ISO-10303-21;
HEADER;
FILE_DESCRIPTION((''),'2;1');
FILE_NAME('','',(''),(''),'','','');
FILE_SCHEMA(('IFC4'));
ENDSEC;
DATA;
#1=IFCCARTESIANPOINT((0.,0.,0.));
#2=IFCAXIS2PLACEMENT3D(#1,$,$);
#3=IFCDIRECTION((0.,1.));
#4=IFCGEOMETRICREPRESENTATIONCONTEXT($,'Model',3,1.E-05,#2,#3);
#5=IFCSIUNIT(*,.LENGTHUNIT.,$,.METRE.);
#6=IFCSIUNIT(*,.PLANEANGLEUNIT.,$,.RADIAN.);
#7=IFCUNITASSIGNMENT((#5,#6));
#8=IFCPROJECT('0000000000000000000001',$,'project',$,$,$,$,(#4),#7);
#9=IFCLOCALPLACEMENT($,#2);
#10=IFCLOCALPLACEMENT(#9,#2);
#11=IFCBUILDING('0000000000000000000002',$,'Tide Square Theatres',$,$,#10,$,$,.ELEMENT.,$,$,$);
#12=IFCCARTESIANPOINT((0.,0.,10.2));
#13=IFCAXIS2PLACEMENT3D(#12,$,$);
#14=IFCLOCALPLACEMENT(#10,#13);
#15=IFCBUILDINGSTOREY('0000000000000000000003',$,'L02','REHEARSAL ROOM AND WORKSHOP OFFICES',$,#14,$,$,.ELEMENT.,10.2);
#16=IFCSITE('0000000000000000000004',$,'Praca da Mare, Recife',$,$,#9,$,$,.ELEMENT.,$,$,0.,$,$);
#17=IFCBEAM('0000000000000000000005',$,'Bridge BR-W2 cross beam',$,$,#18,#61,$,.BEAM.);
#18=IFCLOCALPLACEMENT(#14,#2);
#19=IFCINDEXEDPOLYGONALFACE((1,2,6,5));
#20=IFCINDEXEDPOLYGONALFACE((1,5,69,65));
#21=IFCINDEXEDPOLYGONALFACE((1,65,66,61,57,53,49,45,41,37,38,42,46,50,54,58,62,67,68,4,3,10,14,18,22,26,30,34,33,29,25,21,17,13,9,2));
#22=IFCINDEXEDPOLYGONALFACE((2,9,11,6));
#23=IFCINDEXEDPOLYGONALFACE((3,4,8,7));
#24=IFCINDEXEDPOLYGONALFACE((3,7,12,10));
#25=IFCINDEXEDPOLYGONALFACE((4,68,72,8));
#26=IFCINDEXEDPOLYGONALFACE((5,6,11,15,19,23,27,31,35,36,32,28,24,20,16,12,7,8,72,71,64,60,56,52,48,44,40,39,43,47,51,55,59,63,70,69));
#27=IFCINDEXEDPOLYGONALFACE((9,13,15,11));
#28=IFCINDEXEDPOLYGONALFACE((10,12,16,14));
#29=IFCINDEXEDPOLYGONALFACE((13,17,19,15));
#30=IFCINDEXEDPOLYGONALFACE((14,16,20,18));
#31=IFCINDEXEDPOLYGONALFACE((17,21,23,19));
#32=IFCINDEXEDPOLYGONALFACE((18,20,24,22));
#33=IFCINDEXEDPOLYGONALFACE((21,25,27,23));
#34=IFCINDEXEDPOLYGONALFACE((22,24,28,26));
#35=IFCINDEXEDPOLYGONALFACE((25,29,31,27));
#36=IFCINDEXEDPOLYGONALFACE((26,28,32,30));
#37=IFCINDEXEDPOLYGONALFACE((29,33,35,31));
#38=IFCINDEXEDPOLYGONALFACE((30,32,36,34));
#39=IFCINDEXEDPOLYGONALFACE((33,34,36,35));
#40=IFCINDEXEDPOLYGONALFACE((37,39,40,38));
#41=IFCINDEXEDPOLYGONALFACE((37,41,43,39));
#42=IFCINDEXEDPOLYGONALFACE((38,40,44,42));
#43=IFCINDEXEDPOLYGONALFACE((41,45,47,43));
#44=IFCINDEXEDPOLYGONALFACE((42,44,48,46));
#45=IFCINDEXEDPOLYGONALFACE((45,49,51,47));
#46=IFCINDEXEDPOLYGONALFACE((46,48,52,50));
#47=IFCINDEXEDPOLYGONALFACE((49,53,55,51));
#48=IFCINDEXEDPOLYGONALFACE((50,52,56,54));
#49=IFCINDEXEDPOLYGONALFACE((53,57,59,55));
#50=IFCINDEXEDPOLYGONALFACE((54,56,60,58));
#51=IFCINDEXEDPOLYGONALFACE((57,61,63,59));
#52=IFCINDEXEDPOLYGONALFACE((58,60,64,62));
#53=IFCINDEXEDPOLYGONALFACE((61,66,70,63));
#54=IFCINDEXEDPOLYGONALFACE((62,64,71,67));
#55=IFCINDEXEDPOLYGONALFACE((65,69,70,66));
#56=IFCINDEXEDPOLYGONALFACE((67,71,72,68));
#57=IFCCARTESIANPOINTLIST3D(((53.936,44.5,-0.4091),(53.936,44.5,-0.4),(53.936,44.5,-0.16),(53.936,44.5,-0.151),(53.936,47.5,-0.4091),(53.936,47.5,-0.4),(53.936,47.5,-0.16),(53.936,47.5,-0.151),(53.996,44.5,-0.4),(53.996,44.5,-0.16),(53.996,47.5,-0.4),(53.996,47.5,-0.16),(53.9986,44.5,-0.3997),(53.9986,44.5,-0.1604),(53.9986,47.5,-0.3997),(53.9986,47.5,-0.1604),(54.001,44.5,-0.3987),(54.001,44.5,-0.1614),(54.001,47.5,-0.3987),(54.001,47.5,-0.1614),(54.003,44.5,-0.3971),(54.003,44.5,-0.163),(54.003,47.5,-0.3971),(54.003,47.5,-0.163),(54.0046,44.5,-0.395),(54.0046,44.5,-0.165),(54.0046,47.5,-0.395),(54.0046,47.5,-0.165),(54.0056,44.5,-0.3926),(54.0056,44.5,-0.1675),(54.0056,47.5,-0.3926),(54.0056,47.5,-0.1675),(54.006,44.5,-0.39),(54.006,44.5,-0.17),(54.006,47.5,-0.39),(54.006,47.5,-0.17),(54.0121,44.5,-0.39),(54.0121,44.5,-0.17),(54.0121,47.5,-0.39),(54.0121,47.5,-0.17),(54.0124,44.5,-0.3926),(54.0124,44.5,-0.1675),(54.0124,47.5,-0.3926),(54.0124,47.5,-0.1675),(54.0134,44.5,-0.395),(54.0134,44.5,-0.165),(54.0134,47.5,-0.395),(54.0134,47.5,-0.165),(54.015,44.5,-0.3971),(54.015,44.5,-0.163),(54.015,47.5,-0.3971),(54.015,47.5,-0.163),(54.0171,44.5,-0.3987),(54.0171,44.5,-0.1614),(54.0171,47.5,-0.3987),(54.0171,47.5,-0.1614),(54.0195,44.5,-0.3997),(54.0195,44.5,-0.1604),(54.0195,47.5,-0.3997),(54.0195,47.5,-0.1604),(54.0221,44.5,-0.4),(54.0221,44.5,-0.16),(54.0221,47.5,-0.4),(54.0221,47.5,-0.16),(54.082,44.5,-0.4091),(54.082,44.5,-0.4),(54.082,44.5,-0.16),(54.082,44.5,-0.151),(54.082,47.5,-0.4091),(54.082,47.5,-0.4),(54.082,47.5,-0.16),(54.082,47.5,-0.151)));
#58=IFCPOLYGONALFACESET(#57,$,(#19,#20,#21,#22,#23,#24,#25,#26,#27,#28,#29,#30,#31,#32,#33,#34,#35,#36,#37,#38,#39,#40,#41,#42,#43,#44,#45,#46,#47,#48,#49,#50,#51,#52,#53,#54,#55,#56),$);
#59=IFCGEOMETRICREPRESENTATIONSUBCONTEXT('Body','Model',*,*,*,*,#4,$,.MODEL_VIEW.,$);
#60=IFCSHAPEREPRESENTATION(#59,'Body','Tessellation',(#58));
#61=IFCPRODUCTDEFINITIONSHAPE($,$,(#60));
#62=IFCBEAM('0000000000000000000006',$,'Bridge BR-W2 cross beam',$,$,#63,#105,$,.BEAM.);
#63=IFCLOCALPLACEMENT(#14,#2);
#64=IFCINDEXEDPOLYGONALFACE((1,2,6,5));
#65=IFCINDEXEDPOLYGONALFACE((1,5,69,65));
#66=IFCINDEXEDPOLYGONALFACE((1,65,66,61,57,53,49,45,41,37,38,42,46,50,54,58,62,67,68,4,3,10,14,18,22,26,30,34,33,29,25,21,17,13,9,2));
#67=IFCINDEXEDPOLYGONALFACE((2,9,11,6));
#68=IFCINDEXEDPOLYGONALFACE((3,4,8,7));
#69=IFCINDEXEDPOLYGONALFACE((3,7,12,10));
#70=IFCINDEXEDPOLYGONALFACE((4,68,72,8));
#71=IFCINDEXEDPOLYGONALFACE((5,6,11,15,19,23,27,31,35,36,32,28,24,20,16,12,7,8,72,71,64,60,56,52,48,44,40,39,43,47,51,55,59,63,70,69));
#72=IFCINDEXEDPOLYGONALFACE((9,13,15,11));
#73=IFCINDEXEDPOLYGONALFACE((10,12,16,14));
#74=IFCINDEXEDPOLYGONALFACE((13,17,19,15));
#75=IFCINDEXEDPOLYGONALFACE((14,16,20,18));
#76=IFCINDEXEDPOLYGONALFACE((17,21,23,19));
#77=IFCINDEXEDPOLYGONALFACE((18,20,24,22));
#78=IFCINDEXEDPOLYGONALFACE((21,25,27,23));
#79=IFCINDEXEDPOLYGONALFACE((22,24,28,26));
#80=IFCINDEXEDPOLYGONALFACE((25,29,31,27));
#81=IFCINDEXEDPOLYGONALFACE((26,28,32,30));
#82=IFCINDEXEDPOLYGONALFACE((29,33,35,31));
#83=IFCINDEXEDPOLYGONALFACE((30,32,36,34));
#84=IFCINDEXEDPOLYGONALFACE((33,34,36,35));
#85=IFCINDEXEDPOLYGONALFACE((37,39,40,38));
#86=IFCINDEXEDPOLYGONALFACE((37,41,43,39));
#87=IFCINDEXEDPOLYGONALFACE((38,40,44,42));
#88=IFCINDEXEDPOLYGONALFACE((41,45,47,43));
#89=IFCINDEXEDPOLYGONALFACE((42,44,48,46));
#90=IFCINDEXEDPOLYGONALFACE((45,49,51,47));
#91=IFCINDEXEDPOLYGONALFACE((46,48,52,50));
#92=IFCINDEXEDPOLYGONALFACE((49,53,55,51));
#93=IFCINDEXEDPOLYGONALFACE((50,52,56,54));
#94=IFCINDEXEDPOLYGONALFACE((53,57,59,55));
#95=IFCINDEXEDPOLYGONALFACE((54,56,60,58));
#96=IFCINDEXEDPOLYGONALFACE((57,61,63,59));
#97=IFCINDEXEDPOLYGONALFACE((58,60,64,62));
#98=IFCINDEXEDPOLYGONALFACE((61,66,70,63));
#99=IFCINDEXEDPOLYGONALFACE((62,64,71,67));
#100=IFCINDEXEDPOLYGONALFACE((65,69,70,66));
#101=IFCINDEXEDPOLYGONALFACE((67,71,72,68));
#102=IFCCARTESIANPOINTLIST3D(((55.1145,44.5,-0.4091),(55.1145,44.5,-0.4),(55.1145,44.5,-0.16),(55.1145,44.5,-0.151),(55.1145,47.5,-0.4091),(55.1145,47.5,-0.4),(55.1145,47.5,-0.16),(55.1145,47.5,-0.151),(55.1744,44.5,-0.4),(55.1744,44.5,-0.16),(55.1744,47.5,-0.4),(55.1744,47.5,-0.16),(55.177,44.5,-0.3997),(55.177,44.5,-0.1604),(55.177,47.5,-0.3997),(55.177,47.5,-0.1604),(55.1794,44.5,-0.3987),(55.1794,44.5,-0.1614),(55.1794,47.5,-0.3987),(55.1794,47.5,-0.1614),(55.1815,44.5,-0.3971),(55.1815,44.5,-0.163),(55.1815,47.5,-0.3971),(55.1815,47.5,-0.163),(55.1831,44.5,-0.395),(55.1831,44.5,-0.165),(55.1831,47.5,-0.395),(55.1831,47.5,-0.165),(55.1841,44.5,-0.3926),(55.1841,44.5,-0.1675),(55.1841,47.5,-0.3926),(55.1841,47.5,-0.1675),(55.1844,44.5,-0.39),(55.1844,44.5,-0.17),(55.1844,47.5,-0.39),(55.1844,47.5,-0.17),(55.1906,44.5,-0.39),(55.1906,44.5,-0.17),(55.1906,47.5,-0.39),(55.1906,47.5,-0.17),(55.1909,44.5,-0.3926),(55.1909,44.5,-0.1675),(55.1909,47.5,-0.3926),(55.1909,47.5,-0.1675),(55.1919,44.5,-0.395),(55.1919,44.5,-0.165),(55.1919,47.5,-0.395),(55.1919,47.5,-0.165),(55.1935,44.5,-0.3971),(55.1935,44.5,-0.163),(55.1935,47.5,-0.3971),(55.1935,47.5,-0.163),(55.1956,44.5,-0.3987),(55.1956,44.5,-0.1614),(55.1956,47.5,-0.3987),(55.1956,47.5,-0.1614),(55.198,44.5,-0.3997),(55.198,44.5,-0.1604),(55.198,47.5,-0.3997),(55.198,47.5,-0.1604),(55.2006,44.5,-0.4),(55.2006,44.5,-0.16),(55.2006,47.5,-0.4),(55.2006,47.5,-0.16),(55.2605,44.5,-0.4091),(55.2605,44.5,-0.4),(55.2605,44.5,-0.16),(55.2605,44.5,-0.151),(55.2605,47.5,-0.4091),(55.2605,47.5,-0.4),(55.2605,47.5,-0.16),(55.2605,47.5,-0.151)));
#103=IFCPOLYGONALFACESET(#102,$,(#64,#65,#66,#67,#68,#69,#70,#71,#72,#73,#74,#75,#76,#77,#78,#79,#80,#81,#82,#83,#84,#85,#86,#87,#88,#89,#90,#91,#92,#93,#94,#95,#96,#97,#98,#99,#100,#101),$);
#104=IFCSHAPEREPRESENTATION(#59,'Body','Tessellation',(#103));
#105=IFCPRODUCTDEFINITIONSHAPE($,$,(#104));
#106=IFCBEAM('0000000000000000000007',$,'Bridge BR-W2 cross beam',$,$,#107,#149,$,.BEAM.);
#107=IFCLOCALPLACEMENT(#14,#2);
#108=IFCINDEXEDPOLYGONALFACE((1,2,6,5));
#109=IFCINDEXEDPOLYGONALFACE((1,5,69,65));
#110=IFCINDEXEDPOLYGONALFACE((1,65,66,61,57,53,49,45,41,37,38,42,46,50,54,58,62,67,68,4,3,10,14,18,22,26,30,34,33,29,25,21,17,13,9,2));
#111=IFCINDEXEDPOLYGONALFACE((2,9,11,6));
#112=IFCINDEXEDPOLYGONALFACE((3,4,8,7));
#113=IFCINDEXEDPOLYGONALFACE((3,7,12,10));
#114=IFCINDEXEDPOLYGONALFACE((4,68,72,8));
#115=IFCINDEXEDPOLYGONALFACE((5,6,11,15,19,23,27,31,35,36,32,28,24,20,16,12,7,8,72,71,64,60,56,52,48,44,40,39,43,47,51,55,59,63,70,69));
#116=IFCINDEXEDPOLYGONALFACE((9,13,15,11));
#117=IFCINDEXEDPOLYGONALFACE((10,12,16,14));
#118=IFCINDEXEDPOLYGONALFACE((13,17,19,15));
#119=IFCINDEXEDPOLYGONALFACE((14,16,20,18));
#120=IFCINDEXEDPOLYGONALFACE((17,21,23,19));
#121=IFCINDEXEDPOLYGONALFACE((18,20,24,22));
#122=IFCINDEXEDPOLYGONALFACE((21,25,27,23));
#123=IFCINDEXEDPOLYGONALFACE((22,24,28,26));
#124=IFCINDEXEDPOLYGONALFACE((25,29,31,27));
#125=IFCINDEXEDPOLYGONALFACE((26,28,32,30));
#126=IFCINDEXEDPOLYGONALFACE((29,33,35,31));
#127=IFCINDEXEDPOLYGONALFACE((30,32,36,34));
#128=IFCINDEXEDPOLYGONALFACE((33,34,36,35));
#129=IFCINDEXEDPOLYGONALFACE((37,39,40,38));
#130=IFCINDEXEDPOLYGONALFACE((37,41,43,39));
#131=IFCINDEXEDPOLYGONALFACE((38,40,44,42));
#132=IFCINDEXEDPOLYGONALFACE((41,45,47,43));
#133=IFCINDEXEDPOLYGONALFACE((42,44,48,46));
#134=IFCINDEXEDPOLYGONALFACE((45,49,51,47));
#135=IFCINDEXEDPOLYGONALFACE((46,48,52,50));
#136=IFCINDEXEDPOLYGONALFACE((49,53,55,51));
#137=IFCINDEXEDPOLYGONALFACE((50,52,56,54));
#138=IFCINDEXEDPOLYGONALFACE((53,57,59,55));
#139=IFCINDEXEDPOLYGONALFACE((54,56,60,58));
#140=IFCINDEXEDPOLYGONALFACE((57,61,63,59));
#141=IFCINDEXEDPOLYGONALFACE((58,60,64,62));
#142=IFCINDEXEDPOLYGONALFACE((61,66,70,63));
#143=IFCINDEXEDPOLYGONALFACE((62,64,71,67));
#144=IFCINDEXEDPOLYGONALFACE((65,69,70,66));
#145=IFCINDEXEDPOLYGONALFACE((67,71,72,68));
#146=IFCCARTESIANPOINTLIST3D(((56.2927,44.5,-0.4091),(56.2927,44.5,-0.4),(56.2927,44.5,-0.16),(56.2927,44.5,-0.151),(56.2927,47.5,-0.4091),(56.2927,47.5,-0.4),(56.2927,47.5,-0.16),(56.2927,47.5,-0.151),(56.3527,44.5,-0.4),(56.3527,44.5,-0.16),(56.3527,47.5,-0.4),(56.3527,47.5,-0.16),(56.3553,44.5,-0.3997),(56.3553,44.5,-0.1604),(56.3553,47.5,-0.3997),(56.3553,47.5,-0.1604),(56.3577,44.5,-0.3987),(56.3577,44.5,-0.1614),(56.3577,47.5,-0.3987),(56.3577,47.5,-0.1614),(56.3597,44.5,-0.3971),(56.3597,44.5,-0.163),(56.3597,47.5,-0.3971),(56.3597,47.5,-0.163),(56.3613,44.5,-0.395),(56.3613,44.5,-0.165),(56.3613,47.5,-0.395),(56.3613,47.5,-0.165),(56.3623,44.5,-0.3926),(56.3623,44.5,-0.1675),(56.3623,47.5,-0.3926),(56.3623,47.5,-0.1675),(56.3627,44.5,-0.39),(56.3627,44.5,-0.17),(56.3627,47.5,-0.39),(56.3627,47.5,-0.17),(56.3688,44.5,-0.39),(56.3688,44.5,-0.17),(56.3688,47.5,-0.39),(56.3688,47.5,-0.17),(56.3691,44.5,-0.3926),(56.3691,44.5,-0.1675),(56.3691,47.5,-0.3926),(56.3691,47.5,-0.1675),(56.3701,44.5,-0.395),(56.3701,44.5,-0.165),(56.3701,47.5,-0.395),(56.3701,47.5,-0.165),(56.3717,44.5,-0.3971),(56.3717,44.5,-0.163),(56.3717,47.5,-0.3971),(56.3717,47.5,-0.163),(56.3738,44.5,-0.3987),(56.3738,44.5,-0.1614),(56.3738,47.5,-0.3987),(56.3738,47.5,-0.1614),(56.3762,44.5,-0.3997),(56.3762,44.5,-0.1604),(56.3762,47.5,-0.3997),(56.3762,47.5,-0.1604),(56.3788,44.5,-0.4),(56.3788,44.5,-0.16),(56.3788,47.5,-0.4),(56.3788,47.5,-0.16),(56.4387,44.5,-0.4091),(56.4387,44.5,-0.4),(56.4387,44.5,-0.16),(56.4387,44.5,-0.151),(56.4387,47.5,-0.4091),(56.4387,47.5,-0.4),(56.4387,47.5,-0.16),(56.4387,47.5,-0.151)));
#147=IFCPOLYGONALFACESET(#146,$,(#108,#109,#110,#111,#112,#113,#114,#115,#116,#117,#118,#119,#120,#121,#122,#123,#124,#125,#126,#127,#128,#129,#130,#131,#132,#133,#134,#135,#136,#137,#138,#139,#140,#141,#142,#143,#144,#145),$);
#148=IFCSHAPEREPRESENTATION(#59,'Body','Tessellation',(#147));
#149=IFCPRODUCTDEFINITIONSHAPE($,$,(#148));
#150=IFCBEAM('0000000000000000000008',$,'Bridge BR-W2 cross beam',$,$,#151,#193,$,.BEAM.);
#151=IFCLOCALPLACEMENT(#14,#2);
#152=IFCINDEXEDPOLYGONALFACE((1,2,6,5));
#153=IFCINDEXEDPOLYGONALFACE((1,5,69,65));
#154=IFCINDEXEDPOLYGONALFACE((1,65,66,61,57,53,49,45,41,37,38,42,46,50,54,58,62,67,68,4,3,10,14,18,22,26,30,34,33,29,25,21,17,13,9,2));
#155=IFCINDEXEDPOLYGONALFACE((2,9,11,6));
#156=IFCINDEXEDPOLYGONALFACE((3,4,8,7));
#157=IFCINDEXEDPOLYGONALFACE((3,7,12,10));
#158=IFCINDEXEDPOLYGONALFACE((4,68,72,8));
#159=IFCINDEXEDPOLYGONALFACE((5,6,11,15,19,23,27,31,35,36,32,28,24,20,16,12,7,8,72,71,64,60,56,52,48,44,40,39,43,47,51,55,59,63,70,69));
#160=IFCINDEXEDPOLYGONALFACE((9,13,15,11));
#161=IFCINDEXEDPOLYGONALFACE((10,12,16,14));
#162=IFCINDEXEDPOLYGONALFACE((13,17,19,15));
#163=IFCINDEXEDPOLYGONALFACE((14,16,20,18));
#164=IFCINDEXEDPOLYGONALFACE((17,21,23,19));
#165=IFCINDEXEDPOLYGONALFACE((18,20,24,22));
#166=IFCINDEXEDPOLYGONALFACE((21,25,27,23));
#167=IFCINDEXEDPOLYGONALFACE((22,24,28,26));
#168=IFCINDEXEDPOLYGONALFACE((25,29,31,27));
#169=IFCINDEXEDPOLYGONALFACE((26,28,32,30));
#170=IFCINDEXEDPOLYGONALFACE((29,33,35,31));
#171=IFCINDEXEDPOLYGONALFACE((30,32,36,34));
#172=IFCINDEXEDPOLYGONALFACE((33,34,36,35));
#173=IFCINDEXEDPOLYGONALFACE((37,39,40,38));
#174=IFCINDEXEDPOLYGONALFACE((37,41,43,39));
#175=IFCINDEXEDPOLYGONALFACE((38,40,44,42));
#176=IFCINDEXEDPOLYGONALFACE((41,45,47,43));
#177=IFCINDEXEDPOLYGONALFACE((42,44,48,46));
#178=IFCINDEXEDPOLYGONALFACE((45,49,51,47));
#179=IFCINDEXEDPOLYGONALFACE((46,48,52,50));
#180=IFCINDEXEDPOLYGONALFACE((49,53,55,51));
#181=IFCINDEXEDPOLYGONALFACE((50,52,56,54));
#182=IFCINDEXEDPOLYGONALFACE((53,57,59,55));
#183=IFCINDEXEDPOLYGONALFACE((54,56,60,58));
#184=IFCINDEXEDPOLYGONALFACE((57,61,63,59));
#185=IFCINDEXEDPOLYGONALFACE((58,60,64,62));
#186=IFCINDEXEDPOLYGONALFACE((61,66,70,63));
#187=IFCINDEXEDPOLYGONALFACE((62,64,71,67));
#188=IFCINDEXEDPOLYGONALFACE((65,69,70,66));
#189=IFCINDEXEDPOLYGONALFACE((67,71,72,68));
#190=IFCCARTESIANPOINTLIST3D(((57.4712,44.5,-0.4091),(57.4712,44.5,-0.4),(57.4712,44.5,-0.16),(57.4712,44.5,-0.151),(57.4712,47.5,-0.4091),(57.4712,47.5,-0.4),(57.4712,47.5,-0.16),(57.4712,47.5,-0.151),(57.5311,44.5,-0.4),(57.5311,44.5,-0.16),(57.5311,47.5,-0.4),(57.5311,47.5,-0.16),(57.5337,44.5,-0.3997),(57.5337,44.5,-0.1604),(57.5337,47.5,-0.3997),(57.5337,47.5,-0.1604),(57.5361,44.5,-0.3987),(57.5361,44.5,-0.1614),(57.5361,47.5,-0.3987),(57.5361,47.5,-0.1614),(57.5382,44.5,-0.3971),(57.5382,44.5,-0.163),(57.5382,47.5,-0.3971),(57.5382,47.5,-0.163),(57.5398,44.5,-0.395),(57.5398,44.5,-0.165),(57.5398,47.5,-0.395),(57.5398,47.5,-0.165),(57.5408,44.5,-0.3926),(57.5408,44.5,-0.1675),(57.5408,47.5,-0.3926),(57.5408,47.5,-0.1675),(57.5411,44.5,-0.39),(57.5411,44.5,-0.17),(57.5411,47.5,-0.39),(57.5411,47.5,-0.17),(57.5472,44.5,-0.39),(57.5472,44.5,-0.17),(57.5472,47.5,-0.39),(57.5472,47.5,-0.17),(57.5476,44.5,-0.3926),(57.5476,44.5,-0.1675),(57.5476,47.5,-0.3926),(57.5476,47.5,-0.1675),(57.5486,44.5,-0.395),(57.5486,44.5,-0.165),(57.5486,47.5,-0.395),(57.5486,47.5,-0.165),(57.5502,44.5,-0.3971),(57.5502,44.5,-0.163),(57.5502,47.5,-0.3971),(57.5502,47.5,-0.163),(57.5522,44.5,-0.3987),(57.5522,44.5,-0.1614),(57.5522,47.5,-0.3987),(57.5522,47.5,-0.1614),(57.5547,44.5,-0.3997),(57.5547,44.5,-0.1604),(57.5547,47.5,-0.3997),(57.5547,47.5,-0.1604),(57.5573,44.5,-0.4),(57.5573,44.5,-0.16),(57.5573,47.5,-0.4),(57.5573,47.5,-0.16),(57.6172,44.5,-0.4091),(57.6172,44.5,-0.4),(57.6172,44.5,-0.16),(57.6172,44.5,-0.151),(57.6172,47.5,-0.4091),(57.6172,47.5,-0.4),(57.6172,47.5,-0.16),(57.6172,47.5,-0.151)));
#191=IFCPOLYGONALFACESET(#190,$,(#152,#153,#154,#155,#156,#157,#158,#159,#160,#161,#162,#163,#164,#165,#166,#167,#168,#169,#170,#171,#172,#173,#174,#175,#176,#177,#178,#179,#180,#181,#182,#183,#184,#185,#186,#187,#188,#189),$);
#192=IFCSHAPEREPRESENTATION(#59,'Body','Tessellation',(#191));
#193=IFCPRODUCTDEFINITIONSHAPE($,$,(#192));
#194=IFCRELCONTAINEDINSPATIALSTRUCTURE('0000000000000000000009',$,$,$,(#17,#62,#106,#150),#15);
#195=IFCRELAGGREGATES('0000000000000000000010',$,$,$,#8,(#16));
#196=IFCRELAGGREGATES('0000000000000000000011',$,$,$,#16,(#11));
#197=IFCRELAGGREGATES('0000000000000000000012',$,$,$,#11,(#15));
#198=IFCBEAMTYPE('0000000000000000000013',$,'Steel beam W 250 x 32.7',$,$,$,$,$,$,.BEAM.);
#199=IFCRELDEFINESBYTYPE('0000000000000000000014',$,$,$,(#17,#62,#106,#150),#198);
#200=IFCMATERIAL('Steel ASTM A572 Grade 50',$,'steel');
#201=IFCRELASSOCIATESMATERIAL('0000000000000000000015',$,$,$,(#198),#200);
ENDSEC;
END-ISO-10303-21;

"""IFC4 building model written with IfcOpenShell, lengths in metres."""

from ifc_helpers import new_model, si_unit, direction, frame, origin, origin_2d, place, context, subcontext, project, spatial, i_section, extrude, material, material_profile, profile_set, type_object, element, save


model = new_model("IFC4")

# Units and contexts
model_context = context("Model", 3, precision=1e-05, world=origin(), true_north=direction((0.0, 1.0)))
body_context = subcontext(model_context, "Body", "Model", "MODEL_VIEW")
ifc_project = project(units=[si_unit("LENGTHUNIT", "METRE"), si_unit("PLANEANGLEUNIT", "RADIAN")], contexts=[model_context])

# Site, building, storey
site_placement = place(None, origin())
site = spatial("IfcSite", under=ifc_project, at=site_placement, Name="Praca da Mare, Recife", CompositionType="ELEMENT", RefElevation=0.0)
building_placement = place(site_placement, origin())
building = spatial("IfcBuilding", under=site, at=building_placement, Name="Tide Square Theatres", CompositionType="ELEMENT")
storey_placement = place(building_placement, frame((0.0, 0.0, 10.2)))
storey = spatial("IfcBuildingStorey", under=building, at=storey_placement, Name="L02", Description="REHEARSAL ROOM AND WORKSHOP OFFICES", CompositionType="ELEMENT", Elevation=10.2)

# Beams
ifc_material_1 = material(Name="Steel ASTM A572 Grade 50", Category="steel")
ifc_material_profile_1 = material_profile(ifc_material_1, i_section(OverallWidth=0.146, OverallDepth=0.2581, WebThickness=0.0061, FlangeThickness=0.009, FilletRadius=0.01, at=origin_2d()))
ifc_profile_set_1 = profile_set([ifc_material_profile_1], Name="Steel ASTM A572 Grade 50")
beam_type = type_object("IfcBeamType", Name="Steel beam W 250 x 32.7", PredefinedType="BEAM", material=ifc_profile_set_1)
for number, where, z_axis, x_axis, name in (
    (1, (54.009, 44.5, -0.28), (0.0, 1.0, 0.0), (-1.0, 0.0, 0.0), "Bridge BR-W2 cross beam"),
    (2, (55.1875, 44.5, -0.28), (0.0, 1.0, 0.0), (-1.0, 0.0, 0.0), "Bridge BR-W2 cross beam"),
    (3, (56.3657, 44.5, -0.28), (0.0, 1.0, 0.0), (-1.0, 0.0, 0.0), "Bridge BR-W2 cross beam"),
    (4, (57.5442, 44.5, -0.28), (0.0, 1.0, 0.0), (-1.0, 0.0, 0.0), "Bridge BR-W2 cross beam"),
):
    element("IfcBeam", number, at=place(storey_placement, frame(where, z_axis=z_axis, x_axis=x_axis)), inside=storey, type_object=beam_type, Name=name, PredefinedType="BEAM", context=body_context, shape_type="SweptSolid", body=[
        extrude(i_section(OverallWidth=0.146, OverallDepth=0.2581, WebThickness=0.0061, FlangeThickness=0.009, FilletRadius=0.01, at=origin_2d()), origin(), (0.0, 0.0, 1.0), 3.0),
    ])

save(model, "model.ifc")
